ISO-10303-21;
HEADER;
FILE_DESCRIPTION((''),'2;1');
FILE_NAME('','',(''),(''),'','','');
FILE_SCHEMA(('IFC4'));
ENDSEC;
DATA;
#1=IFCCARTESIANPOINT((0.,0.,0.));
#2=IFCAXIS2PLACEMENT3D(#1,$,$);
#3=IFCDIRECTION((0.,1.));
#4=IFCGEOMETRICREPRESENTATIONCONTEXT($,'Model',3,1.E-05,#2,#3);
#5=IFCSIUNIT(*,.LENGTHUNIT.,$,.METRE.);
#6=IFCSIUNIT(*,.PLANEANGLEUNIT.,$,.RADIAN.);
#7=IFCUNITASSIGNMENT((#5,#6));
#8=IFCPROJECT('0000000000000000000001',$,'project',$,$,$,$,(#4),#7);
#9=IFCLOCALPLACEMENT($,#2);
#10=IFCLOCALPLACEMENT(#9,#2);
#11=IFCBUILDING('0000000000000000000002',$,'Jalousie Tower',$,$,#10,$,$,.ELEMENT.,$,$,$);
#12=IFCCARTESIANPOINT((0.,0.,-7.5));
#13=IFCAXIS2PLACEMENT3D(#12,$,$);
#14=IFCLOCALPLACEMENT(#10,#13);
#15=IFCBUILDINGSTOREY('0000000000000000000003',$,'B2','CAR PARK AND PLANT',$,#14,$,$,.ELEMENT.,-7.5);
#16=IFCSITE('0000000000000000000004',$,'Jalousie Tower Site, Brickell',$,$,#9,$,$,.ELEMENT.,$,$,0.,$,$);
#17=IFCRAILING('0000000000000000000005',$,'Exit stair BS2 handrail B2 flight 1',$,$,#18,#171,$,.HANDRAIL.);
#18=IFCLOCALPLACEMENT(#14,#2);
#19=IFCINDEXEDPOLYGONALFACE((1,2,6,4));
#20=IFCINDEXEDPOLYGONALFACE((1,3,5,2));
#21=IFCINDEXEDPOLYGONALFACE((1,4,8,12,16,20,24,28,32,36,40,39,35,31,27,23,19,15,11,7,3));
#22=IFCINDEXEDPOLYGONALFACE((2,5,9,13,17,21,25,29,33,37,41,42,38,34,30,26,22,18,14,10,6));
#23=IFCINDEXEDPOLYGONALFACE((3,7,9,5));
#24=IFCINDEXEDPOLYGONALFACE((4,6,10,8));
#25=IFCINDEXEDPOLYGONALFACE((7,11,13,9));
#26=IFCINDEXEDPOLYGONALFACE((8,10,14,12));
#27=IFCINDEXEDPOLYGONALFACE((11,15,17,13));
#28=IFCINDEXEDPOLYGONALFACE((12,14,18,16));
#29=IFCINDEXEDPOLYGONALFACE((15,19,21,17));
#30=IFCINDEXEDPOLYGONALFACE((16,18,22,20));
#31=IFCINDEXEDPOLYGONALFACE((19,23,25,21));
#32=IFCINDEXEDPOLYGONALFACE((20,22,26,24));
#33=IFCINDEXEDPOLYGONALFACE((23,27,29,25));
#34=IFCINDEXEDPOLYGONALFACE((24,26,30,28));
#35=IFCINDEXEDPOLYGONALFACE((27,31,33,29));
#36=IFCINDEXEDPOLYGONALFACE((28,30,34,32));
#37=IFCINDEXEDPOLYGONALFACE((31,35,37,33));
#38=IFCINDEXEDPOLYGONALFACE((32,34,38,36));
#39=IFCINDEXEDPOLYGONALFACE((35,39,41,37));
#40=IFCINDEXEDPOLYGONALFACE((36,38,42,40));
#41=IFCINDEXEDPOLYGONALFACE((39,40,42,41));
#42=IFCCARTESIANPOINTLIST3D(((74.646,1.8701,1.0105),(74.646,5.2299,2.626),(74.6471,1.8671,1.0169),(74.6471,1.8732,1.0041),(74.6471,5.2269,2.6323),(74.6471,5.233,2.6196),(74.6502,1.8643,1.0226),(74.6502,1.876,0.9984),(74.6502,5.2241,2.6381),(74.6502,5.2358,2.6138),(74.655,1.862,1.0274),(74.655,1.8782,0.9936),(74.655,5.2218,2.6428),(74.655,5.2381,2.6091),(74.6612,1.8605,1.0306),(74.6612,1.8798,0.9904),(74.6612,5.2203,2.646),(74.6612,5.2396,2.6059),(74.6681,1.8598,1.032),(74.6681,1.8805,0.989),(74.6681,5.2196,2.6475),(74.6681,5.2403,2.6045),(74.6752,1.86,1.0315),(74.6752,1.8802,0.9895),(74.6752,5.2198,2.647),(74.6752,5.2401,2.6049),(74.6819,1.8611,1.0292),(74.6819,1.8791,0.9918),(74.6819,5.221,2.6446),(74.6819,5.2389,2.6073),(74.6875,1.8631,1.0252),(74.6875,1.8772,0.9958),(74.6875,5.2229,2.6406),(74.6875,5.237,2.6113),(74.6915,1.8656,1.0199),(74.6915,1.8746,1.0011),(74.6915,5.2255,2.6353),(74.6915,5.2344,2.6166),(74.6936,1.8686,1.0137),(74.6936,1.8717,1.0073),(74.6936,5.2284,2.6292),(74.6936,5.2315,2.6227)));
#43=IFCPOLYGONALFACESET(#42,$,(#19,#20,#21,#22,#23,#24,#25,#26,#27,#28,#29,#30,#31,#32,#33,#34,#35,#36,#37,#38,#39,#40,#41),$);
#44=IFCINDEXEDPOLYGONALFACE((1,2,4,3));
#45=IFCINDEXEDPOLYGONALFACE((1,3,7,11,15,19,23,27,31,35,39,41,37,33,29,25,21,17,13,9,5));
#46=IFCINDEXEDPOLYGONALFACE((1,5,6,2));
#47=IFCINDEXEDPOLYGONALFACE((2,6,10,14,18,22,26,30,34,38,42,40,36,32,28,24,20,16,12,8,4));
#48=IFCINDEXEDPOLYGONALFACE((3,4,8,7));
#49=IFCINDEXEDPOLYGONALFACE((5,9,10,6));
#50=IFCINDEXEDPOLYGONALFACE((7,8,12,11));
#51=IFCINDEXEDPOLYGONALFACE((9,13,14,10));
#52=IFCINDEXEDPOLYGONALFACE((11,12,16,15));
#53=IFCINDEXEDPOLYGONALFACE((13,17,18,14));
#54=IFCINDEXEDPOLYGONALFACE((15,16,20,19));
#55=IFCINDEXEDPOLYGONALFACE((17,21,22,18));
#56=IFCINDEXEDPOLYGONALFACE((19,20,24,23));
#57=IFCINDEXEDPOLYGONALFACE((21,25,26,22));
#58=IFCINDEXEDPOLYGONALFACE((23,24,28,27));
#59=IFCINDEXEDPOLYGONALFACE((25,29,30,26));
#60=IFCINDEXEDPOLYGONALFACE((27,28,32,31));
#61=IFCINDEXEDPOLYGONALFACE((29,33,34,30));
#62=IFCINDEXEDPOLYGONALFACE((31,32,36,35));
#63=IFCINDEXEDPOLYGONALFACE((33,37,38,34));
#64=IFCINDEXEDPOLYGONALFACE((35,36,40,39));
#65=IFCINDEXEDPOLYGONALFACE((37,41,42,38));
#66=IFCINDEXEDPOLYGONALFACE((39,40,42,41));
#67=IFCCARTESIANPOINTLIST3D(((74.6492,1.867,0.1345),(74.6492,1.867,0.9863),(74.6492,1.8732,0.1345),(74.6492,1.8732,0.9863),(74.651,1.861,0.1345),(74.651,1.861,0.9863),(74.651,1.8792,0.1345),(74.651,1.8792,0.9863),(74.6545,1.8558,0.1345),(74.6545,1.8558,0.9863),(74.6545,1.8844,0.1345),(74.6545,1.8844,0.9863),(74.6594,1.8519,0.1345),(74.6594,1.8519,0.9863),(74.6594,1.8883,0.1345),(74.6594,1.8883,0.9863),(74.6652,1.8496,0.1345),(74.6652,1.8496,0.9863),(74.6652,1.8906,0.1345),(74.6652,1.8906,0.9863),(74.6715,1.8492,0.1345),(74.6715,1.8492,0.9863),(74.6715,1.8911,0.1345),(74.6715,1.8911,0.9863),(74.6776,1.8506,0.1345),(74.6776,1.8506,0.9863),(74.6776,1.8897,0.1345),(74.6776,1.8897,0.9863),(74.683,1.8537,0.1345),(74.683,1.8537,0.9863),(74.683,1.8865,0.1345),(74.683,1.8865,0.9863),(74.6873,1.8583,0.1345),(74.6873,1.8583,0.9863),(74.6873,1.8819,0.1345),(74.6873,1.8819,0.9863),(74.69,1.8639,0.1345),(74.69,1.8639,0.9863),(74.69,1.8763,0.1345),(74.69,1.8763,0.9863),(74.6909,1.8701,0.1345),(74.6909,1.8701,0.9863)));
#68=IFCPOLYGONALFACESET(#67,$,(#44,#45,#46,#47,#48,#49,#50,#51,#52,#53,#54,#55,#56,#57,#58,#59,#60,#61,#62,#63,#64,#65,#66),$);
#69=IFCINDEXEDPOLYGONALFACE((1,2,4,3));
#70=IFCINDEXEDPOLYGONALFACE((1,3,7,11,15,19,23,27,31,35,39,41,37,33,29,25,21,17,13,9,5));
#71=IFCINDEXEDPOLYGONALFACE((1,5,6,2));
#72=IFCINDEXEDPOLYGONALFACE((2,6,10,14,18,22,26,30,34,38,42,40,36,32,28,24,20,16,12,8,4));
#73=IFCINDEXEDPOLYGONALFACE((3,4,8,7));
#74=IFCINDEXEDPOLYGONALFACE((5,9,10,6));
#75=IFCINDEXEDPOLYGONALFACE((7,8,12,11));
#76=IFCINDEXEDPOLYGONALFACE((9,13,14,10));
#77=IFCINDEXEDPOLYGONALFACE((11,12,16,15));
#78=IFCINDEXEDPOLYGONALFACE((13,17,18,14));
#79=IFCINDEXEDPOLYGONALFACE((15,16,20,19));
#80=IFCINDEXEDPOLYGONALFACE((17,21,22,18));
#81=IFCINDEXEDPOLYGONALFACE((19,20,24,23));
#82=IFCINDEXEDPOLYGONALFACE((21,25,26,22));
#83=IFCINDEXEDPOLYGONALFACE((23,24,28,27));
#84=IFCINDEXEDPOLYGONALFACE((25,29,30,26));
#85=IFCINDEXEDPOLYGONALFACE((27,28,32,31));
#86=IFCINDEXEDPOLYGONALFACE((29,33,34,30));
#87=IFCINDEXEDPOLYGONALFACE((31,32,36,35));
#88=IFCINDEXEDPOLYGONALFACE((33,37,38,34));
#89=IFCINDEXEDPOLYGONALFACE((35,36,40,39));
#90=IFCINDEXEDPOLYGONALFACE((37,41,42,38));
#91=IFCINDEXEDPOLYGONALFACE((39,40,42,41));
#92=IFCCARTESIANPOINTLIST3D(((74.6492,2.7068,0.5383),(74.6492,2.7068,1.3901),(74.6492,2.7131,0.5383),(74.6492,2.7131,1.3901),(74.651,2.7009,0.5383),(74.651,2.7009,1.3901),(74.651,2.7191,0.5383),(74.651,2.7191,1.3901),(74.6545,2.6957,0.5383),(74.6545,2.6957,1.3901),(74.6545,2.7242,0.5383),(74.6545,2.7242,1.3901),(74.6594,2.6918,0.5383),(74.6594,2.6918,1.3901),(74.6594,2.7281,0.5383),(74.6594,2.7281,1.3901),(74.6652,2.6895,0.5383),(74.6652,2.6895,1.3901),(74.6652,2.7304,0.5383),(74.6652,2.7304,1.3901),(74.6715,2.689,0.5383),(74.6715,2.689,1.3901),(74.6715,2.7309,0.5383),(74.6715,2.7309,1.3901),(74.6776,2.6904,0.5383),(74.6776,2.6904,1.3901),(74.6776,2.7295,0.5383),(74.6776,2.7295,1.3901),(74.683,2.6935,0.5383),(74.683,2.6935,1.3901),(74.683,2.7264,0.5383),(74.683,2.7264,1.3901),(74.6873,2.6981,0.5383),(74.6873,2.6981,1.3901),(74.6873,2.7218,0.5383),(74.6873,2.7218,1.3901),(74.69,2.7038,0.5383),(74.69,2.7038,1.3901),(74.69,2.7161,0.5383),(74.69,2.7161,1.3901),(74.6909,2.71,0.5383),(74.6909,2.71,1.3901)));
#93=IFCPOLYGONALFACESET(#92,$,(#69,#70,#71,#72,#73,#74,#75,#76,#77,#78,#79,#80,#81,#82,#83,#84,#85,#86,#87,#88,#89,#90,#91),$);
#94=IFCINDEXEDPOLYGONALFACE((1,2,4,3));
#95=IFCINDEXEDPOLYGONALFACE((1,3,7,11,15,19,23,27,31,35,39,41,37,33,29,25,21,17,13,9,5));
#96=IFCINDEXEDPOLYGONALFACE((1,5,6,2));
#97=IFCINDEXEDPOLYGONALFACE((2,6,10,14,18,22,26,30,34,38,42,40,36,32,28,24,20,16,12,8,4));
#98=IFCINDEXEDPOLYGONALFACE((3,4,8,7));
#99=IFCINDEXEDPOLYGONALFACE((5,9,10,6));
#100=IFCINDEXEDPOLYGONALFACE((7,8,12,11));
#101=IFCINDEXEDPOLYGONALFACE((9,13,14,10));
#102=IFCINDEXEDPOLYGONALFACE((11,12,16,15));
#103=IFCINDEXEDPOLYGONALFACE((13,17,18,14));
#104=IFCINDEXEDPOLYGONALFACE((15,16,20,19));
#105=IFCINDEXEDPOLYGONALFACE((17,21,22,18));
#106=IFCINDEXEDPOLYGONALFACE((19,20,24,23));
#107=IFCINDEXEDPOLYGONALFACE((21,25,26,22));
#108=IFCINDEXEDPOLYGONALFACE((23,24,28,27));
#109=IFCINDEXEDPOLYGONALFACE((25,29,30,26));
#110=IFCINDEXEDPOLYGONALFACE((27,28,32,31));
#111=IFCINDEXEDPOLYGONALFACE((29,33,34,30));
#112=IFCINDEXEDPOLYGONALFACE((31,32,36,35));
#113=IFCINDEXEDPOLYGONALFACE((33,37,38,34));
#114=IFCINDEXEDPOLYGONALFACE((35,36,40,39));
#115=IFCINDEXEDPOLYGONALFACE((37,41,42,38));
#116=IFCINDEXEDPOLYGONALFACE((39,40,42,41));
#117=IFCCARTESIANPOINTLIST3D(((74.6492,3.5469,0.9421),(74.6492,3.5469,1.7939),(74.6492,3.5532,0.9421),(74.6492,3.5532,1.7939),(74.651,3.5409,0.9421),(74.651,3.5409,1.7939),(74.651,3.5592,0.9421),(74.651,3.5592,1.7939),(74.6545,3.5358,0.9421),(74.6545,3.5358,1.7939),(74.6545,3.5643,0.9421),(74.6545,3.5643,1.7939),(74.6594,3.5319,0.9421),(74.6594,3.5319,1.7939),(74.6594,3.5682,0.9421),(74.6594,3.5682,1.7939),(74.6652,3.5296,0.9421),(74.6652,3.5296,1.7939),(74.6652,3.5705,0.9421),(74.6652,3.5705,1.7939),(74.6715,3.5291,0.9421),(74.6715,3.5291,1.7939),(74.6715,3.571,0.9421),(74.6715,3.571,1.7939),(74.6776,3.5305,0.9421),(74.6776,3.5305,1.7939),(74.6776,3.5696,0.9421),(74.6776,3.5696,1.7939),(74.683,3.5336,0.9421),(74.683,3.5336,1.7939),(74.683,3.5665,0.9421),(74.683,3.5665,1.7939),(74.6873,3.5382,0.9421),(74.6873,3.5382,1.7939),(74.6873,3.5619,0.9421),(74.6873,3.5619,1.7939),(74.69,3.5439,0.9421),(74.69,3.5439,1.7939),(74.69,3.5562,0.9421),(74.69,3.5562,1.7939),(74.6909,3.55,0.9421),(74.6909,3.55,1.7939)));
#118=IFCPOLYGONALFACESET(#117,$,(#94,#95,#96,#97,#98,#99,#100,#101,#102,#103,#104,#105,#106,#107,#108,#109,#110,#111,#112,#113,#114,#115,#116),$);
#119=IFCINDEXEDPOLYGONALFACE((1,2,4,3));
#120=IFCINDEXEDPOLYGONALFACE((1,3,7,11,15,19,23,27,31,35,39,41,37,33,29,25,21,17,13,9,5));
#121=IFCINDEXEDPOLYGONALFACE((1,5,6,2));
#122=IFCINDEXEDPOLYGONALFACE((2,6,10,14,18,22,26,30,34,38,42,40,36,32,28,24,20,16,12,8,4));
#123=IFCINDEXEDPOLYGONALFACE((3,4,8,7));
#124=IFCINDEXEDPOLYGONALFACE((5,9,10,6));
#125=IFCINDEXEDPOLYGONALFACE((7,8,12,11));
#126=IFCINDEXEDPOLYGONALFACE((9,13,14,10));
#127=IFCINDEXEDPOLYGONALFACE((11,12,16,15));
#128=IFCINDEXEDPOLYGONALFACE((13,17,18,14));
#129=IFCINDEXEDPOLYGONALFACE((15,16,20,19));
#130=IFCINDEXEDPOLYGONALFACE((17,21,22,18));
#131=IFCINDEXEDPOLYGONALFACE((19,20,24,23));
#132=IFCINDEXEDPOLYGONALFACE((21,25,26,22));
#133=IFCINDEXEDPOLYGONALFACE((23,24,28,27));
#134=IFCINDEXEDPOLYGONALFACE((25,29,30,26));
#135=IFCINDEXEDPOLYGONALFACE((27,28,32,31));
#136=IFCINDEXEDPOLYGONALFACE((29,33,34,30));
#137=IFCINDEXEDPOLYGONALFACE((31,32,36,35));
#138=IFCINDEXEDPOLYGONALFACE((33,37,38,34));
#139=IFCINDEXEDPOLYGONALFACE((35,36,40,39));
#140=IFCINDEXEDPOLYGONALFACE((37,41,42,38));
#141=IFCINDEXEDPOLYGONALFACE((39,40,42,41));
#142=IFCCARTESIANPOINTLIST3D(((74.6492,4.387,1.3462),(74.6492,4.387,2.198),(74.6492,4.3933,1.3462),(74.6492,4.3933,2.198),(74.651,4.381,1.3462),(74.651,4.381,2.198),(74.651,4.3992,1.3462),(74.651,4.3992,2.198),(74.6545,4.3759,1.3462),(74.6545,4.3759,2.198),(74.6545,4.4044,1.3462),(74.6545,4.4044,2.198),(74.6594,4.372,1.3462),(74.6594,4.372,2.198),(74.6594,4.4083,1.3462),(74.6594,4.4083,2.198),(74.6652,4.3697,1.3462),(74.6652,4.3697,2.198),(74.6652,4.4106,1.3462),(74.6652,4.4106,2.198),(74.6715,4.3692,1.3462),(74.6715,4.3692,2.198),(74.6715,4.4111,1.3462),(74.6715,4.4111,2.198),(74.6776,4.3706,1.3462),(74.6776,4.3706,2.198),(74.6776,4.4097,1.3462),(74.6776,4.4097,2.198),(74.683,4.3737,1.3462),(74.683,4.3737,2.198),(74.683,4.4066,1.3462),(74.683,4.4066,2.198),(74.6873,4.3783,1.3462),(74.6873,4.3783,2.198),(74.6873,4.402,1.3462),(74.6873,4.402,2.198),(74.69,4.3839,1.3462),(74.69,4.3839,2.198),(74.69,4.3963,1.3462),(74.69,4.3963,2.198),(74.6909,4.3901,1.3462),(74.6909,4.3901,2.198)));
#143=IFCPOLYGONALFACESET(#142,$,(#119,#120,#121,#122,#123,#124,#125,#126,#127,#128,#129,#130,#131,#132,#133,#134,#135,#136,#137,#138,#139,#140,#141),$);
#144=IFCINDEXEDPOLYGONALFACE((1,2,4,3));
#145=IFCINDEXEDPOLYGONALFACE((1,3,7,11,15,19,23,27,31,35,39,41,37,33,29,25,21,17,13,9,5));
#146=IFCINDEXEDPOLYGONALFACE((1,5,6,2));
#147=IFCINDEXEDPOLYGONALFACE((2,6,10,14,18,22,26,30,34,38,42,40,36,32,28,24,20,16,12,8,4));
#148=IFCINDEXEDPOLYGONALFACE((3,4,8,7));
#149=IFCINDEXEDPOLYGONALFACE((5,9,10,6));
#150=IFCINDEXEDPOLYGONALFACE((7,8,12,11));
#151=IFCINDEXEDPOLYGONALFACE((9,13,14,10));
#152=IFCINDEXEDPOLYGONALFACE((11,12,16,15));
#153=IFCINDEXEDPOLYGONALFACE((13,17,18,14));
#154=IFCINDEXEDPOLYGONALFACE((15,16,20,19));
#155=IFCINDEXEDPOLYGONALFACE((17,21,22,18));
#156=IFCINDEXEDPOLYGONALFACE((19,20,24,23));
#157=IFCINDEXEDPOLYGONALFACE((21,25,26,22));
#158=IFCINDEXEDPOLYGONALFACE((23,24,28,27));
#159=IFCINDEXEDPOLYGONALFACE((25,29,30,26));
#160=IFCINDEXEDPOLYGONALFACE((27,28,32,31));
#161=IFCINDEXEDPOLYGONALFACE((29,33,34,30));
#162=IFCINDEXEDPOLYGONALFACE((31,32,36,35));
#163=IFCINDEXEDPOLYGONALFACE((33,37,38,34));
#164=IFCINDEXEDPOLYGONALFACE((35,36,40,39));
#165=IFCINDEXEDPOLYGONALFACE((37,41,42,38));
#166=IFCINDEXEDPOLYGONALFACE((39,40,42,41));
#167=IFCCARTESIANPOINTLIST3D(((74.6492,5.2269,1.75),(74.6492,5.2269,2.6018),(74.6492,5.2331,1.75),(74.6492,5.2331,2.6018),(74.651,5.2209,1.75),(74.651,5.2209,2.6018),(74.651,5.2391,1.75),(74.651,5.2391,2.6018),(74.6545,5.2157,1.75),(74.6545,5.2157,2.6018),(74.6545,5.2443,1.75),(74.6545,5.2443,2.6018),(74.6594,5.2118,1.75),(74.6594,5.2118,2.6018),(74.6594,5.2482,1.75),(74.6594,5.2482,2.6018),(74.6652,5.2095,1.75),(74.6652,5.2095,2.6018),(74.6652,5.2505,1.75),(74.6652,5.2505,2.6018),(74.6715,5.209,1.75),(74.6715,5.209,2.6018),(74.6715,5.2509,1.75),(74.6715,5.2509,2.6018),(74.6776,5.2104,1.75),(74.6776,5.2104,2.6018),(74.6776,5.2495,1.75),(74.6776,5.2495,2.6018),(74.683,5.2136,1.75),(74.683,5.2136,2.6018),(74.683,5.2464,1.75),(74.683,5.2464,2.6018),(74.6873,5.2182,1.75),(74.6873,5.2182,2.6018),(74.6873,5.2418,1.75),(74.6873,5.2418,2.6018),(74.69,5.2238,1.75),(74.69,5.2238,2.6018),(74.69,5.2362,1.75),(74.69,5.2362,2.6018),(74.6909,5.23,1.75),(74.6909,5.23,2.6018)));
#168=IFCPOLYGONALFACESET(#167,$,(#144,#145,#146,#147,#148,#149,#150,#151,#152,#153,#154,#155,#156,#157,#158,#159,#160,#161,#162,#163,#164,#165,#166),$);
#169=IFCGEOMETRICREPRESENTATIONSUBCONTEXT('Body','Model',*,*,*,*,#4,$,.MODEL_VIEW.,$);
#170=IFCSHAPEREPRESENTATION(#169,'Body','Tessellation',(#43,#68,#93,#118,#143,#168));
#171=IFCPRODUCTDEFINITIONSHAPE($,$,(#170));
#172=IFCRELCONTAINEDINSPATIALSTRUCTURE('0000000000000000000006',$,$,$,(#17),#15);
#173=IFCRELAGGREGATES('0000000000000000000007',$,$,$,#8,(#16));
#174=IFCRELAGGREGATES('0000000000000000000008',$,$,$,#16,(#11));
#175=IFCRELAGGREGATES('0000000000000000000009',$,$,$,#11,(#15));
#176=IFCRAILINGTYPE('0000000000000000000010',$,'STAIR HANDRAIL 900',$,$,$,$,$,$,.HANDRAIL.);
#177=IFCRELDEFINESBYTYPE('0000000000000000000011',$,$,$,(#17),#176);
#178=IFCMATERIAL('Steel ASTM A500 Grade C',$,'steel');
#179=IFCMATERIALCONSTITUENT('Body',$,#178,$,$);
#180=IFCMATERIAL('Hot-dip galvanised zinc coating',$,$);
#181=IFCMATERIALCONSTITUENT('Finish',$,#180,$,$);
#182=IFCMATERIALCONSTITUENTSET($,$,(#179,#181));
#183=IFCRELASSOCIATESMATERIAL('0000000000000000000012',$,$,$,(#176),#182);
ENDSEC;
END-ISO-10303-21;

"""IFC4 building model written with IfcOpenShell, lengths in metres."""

from ifc_helpers import new_model, si_unit, direction, frame, origin, origin_2d, place, context, subcontext, project, spatial, circle, extrude, material, constituent, constituent_set, type_object, element, save


model = new_model("IFC4")

# Units and contexts
model_context = context("Model", 3, precision=1e-05, world=origin(), true_north=direction((0.0, 1.0)))
body_context = subcontext(model_context, "Body", "Model", "MODEL_VIEW")
ifc_project = project(units=[si_unit("LENGTHUNIT", "METRE"), si_unit("PLANEANGLEUNIT", "RADIAN")], contexts=[model_context])

# Site, building, storey
site_placement = place(None, origin())
site = spatial("IfcSite", under=ifc_project, at=site_placement, Name="Jalousie Tower Site, Brickell", CompositionType="ELEMENT", RefElevation=0.0)
building_placement = place(site_placement, origin())
building = spatial("IfcBuilding", under=site, at=building_placement, Name="Jalousie Tower", CompositionType="ELEMENT")
storey_placement = place(building_placement, frame((0.0, 0.0, -7.5)))
storey = spatial("IfcBuildingStorey", under=building, at=storey_placement, Name="B2", Description="CAR PARK AND PLANT", CompositionType="ELEMENT", Elevation=-7.5)

# Railing
ifc_material_1 = material(Name="Steel ASTM A500 Grade C", Category="steel")
ifc_constituent_1 = constituent(ifc_material_1, Name="Body")
ifc_material_2 = material(Name="Hot-dip galvanised zinc coating")
ifc_constituent_2 = constituent(ifc_material_2, Name="Finish")
ifc_constituent_set_1 = constituent_set(constituents=[ifc_constituent_1, ifc_constituent_2])
railing_type_1 = type_object("IfcRailingType", Name="STAIR HANDRAIL 900", PredefinedType="HANDRAIL", material=ifc_constituent_set_1)
railing_1_placement = place(storey_placement, frame((74.6699, 1.8701, 0.1345)))
element("IfcRailing", 1, at=railing_1_placement, inside=storey, type_object=railing_type_1, Name="Exit stair BS2 handrail B2 flight 1", PredefinedType="HANDRAIL", context=body_context, shape_type="SweptSolid", body=[
    extrude(circle(Radius=0.0239, at=origin_2d()), frame((0.0, 0.0, 0.876), z_axis=(0.0, 0.901236, 0.433329), x_axis=(-1.0, 0.0, 0.0)), (0.0, 0.0, 1.0), 3.728),
    extrude(circle(Radius=0.021, at=origin_2d()), origin(), (0.0, 0.0, 1.0), 0.8518),
    extrude(circle(Radius=0.021, at=origin_2d()), frame((0.0, 0.8398, 0.4038)), (0.0, 0.0, 1.0), 0.8518),
    extrude(circle(Radius=0.021, at=origin_2d()), frame((0.0, 1.6799, 0.8076)), (0.0, 0.0, 1.0), 0.8518),
    extrude(circle(Radius=0.021, at=origin_2d()), frame((0.0, 2.52, 1.2117)), (0.0, 0.0, 1.0), 0.8518),
    extrude(circle(Radius=0.021, at=origin_2d()), frame((0.0, 3.3599, 1.6155)), (0.0, 0.0, 1.0), 0.8518),
])

save(model, "model.ifc")
